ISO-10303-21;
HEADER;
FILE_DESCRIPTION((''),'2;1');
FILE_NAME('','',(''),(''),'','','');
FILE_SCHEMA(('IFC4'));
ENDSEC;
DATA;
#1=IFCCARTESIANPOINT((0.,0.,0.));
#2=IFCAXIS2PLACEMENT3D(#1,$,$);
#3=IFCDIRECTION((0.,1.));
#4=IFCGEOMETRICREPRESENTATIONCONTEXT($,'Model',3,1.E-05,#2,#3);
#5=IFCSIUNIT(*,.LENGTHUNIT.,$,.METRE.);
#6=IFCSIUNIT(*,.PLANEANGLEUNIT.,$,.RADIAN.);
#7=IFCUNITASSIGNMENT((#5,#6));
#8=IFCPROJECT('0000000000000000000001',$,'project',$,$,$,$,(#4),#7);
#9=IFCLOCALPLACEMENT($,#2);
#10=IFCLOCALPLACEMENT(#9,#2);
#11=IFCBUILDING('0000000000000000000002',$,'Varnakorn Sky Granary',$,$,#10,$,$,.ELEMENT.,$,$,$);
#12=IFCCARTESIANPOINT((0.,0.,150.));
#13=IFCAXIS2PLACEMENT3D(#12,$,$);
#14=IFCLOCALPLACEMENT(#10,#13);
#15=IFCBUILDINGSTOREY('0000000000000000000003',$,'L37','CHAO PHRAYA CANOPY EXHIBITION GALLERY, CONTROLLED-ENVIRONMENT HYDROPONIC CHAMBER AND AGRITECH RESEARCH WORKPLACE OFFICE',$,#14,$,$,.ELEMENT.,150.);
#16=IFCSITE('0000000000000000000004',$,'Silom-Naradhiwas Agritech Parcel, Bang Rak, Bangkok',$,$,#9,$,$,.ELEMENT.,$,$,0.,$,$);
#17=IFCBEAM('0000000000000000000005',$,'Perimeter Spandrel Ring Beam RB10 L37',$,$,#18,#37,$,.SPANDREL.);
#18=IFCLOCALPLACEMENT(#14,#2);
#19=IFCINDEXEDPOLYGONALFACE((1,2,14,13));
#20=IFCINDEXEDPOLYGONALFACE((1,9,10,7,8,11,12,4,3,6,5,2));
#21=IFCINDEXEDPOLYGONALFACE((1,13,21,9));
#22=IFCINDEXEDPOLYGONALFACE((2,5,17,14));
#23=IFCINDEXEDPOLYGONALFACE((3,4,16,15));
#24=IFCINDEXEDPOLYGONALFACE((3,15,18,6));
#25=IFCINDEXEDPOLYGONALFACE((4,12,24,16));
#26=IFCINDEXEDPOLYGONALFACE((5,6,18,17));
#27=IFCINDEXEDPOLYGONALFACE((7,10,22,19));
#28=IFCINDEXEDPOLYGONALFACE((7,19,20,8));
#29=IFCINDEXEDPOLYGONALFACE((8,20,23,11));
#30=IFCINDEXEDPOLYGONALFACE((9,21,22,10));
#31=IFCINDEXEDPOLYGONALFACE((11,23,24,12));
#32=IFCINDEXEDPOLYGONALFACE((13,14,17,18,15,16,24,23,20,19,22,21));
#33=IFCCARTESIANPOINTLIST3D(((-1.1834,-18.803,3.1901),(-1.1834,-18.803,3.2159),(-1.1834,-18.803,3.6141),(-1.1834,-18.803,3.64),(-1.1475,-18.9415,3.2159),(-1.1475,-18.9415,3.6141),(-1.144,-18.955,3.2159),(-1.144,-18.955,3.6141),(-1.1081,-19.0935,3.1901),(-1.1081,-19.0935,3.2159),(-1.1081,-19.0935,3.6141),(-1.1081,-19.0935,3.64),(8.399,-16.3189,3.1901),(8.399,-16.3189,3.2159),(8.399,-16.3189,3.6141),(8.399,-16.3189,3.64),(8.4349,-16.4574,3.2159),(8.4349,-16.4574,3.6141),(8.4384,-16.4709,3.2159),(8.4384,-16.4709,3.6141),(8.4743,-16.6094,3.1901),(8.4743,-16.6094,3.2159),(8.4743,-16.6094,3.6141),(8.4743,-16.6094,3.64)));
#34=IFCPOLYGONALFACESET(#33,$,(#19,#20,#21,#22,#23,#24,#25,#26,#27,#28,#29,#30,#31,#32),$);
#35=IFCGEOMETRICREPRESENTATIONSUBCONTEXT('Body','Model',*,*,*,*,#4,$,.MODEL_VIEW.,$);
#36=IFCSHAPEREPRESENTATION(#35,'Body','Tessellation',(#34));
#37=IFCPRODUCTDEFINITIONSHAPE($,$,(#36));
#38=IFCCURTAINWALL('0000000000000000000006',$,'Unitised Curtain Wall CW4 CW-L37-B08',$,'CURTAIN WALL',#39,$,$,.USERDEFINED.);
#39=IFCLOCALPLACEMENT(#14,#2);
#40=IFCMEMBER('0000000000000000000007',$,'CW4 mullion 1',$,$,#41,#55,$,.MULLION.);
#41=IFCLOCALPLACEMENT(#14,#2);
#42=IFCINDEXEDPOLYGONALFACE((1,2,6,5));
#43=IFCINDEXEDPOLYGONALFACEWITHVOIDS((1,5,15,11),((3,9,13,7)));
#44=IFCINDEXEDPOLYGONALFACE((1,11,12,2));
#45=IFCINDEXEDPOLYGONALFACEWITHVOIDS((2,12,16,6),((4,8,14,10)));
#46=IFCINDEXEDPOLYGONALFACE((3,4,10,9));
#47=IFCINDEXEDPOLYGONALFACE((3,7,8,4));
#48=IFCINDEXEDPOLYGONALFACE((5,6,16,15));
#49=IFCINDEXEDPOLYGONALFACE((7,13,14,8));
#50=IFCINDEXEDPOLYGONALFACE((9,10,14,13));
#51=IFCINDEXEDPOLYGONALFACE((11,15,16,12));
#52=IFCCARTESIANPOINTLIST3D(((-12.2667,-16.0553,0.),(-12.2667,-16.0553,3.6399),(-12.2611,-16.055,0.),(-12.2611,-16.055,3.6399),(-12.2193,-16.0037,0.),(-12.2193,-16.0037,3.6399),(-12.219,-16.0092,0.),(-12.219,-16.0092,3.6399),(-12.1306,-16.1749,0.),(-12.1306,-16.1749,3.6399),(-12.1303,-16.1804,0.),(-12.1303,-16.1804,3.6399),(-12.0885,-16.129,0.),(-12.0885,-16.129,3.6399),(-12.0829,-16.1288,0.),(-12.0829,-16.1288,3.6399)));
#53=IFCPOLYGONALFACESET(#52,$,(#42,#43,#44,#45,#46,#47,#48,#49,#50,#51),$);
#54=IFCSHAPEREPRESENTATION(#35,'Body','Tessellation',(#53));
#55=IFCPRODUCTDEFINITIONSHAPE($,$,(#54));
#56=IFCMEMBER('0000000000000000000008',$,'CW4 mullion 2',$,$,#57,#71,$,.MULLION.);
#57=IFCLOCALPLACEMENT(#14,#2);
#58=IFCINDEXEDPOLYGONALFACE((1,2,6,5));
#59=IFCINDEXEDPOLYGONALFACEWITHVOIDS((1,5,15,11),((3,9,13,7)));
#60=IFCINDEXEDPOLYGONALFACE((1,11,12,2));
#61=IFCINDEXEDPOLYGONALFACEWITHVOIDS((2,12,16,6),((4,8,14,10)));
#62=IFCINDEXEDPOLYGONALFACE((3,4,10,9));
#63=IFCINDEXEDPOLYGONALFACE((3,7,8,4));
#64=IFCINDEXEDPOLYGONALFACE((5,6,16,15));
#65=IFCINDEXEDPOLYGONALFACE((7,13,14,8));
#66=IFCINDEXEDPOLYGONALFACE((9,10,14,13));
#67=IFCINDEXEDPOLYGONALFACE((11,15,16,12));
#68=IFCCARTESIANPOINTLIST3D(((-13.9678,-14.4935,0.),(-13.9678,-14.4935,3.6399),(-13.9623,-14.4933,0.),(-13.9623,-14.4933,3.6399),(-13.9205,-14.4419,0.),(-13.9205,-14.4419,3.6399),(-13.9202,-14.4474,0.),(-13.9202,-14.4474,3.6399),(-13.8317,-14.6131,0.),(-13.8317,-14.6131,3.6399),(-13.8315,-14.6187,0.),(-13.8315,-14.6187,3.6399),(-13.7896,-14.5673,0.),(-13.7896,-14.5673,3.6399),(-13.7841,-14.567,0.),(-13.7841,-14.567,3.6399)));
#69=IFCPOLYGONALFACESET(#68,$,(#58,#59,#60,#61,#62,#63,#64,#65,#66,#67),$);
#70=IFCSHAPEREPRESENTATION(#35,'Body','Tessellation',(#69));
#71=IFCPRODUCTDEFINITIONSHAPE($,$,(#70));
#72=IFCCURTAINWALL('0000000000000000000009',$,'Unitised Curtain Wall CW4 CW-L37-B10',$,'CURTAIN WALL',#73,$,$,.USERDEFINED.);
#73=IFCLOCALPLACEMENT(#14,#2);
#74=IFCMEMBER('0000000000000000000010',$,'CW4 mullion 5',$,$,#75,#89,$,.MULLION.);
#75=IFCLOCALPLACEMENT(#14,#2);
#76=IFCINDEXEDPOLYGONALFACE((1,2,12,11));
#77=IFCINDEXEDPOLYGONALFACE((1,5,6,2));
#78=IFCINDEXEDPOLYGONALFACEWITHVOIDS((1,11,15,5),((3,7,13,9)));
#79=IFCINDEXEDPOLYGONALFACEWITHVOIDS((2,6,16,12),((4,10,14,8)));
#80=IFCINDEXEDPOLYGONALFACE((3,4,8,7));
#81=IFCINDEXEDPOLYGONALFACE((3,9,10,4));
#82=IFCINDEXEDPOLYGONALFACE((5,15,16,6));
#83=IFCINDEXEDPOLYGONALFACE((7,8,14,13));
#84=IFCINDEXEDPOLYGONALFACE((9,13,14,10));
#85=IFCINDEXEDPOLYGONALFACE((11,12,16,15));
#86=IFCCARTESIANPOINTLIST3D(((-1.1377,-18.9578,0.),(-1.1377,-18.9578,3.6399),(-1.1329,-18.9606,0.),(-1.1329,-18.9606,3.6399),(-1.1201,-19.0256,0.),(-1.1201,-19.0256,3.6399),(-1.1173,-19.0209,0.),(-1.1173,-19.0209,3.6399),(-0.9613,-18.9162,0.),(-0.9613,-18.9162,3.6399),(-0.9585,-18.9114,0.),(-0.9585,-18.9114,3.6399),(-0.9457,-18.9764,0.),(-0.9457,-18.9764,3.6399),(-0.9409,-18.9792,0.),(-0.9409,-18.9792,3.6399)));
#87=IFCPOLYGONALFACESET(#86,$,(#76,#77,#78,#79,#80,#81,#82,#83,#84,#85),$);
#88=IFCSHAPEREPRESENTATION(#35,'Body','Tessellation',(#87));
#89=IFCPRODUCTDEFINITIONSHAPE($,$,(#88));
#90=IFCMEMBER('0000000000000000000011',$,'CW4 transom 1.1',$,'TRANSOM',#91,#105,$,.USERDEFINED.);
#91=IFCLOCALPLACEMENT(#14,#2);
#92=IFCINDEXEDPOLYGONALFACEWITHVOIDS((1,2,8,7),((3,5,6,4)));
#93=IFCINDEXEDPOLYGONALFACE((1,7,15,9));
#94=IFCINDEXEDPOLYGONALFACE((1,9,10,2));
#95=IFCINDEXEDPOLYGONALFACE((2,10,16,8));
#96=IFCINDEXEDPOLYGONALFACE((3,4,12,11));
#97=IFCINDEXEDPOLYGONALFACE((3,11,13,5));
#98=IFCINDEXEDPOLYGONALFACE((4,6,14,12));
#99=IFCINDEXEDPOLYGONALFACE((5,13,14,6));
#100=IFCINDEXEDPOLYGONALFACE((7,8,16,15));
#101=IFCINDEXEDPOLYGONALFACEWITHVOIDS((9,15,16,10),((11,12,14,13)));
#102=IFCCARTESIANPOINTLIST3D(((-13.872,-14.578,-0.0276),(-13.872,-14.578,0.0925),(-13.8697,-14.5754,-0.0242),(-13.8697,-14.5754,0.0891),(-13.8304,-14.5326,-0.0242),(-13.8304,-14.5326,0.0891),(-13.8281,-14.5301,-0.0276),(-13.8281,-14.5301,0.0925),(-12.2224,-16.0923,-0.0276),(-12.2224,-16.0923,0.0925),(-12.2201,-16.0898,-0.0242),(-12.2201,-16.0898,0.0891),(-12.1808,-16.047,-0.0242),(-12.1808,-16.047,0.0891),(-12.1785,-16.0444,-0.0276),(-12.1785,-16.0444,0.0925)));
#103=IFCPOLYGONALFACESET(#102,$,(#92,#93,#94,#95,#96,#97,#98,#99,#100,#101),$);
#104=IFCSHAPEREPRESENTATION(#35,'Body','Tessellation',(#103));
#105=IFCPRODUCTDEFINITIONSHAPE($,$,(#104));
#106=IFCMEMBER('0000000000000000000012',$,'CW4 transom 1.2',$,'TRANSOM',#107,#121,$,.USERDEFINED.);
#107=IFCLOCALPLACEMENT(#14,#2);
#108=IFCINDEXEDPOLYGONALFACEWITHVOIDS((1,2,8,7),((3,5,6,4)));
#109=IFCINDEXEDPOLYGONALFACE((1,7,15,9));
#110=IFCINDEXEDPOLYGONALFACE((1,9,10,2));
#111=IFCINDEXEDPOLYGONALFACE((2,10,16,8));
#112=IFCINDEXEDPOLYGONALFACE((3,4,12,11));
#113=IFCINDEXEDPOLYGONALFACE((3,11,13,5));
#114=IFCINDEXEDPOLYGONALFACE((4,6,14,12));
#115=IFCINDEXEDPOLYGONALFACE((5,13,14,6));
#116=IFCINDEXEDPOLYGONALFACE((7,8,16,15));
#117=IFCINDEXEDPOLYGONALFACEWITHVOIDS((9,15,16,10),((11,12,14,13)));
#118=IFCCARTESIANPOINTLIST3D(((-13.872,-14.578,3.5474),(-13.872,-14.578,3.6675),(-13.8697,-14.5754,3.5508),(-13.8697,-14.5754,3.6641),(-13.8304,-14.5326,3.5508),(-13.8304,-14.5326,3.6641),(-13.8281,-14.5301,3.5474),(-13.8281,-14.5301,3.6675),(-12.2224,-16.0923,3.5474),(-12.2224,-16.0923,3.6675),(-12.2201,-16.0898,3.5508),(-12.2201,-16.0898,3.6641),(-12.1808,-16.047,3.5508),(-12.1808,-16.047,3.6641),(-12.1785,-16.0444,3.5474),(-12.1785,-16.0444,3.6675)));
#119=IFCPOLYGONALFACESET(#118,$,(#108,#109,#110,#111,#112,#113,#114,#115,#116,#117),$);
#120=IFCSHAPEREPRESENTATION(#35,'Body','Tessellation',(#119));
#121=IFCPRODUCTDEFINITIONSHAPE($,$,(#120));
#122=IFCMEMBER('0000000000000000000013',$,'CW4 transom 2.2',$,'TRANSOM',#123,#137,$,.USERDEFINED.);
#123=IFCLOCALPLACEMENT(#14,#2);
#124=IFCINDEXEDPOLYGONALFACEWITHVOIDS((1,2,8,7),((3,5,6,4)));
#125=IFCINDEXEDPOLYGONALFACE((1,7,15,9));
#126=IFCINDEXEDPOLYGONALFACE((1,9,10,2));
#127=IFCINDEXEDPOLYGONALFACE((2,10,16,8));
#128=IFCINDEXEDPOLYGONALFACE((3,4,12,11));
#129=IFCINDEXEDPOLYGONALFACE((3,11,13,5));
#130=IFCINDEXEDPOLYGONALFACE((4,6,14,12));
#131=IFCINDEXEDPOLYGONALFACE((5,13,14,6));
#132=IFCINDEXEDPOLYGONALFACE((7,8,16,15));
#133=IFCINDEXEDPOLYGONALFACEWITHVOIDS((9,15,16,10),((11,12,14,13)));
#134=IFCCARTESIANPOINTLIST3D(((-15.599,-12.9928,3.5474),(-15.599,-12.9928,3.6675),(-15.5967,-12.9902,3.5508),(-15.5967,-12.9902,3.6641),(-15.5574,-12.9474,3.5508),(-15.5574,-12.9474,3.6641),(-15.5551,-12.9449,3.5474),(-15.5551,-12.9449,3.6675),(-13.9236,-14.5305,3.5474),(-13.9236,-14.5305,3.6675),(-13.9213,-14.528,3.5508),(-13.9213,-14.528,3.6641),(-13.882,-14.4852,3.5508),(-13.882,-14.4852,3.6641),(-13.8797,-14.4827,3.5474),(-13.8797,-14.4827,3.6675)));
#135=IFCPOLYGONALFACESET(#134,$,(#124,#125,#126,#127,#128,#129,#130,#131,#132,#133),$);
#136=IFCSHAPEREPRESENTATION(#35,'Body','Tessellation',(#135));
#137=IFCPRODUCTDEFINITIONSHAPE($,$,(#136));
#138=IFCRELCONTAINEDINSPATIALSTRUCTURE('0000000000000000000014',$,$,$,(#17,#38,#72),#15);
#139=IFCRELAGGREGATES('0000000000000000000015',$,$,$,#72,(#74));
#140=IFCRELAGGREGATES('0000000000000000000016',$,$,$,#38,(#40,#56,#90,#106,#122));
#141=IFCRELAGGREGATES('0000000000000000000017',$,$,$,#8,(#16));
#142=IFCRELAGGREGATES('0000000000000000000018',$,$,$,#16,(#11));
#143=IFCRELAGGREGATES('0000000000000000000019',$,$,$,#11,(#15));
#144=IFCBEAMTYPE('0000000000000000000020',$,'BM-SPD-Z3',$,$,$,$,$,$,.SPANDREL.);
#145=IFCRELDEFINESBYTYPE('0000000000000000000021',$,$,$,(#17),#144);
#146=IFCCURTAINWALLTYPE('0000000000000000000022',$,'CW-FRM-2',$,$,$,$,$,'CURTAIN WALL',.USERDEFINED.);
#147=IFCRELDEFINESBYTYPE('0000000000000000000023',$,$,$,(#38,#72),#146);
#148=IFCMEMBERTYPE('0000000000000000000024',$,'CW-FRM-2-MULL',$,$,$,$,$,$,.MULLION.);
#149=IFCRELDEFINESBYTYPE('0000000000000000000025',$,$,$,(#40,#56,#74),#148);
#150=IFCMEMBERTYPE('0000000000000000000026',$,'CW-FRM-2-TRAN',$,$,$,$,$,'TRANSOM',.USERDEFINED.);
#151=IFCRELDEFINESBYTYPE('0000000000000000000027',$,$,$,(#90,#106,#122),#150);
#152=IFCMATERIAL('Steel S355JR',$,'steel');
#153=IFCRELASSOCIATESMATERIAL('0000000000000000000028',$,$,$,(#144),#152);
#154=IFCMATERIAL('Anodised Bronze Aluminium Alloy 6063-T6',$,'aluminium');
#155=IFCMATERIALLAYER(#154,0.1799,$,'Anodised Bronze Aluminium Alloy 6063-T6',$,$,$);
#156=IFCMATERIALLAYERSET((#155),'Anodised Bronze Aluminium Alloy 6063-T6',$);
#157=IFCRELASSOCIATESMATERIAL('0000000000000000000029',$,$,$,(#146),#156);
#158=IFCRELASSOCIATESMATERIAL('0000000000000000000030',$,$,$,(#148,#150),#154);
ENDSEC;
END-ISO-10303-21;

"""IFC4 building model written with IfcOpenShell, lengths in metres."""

from ifc_helpers import new_model, si_unit, direction, frame, origin, origin_2d, place, context, subcontext, project, spatial, hollow_rectangle, i_section, extrude, material, layer, layer_set, material_profile, profile_set, type_object, element, aggregate, save


model = new_model("IFC4")

# Units and contexts
model_context = context("Model", 3, precision=1e-05, world=origin(), true_north=direction((0.0, 1.0)))
body_context = subcontext(model_context, "Body", "Model", "MODEL_VIEW")
ifc_project = project(units=[si_unit("LENGTHUNIT", "METRE"), si_unit("PLANEANGLEUNIT", "RADIAN")], contexts=[model_context])

# Site, building, storey
site_placement = place(None, origin())
site = spatial("IfcSite", under=ifc_project, at=site_placement, Name="Silom-Naradhiwas Agritech Parcel, Bang Rak, Bangkok", CompositionType="ELEMENT", RefElevation=0.0)
building_placement = place(site_placement, origin())
building = spatial("IfcBuilding", under=site, at=building_placement, Name="Varnakorn Sky Granary", CompositionType="ELEMENT")
storey_placement = place(building_placement, frame((0.0, 0.0, 150.0)))
storey = spatial("IfcBuildingStorey", under=building, at=storey_placement, Name="L37", Description="CHAO PHRAYA CANOPY EXHIBITION GALLERY, CONTROLLED-ENVIRONMENT HYDROPONIC CHAMBER AND AGRITECH RESEARCH WORKPLACE OFFICE", CompositionType="ELEMENT", Elevation=150.0)

# Beam
ifc_material_1 = material(Name="Steel S355JR", Category="steel")
ifc_material_profile_1 = material_profile(ifc_material_1, i_section(OverallWidth=0.3, OverallDepth=0.45, WebThickness=0.0139, FlangeThickness=0.0259, at=origin_2d()), Name="HE 450 B")
ifc_profile_set_1 = profile_set([ifc_material_profile_1], Name="Steel S355JR")
beam_type_1 = type_object("IfcBeamType", Name="BM-SPD-Z3", PredefinedType="SPANDREL", material=ifc_profile_set_1)
for number, where, z_axis, x_axis, name in (
    (1, (-1.1458, -18.9482, 3.415), (0.968002, 0.250941, 0.0), (-0.250941, 0.968002, 0.0), "Perimeter Spandrel Ring Beam RB10 L37"),
):
    element("IfcBeam", number, at=place(storey_placement, frame(where, z_axis=z_axis, x_axis=x_axis)), inside=storey, type_object=beam_type_1, Name=name, PredefinedType="SPANDREL", context=body_context, shape_type="SweptSolid", body=[
        extrude(i_section(OverallWidth=0.3, OverallDepth=0.45, WebThickness=0.0139, FlangeThickness=0.0259, at=origin_2d()), origin(), (0.0, 0.0, 1.0), 9.8992),
    ])

# Curtain wall, members
ifc_material_2 = material(Name="Anodised Bronze Aluminium Alloy 6063-T6", Category="aluminium")
ifc_layer_1 = layer(ifc_material_2, 0.1799, Name="Anodised Bronze Aluminium Alloy 6063-T6")
ifc_layer_set_1 = layer_set([ifc_layer_1], Name="Anodised Bronze Aluminium Alloy 6063-T6")
curtain_wall_type = type_object("IfcCurtainWallType", Name="CW-FRM-2", ElementType="CURTAIN WALL", PredefinedType="USERDEFINED", material=ifc_layer_set_1)
curtain_wall_1_placement = place(storey_placement, origin())
curtain_wall_1 = element("IfcCurtainWall", 2, at=curtain_wall_1_placement, inside=storey, type_object=curtain_wall_type, Name="Unitised Curtain Wall CW4 CW-L37-B08", ObjectType="CURTAIN WALL", PredefinedType="USERDEFINED")
ifc_material_profile_2 = material_profile(ifc_material_2, hollow_rectangle(XDim=0.0701, YDim=0.1851, WallThickness=0.0039, at=origin_2d()), Name="ALU MULL 70x185")
ifc_profile_set_2 = profile_set([ifc_material_profile_2], Name="Anodised Bronze Aluminium Alloy 6063-T6")
member_type_1 = type_object("IfcMemberType", Name="CW-FRM-2-MULL", PredefinedType="MULLION", material=ifc_profile_set_2)
member_1_placement = place(storey_placement, frame((-12.1748, -16.092, 0.0), z_axis=(0.0, 0.0, 1.0), x_axis=(-0.676226, -0.736694, 0.0)))
member_1 = element("IfcMember", 3, at=member_1_placement, type_object=member_type_1, Name="CW4 mullion 1", PredefinedType="MULLION", context=body_context, shape_type="SweptSolid", body=[
    extrude(hollow_rectangle(XDim=0.0701, YDim=0.1851, WallThickness=0.0039, at=origin_2d()), origin(), (0.0, 0.0, 1.0), 3.6399),
])
member_2_placement = place(storey_placement, frame((-13.876, -14.5303, 0.0), z_axis=(0.0, 0.0, 1.0), x_axis=(-0.676226, -0.736694, 0.0)))
member_2 = element("IfcMember", 4, at=member_2_placement, type_object=member_type_1, Name="CW4 mullion 2", PredefinedType="MULLION", context=body_context, shape_type="SweptSolid", body=[
    extrude(hollow_rectangle(XDim=0.0701, YDim=0.1851, WallThickness=0.0039, at=origin_2d()), origin(), (0.0, 0.0, 1.0), 3.6399),
])

# Curtain wall, member
curtain_wall_2_placement = place(storey_placement, origin())
curtain_wall_2 = element("IfcCurtainWall", 5, at=curtain_wall_2_placement, inside=storey, type_object=curtain_wall_type, Name="Unitised Curtain Wall CW4 CW-L37-B10", ObjectType="CURTAIN WALL", PredefinedType="USERDEFINED")
member_3_placement = place(storey_placement, frame((-1.0393, -18.9685, 0.0), z_axis=(0.0, 0.0, 1.0), x_axis=(0.250748, -0.968052, 0.0)))
member_3 = element("IfcMember", 6, at=member_3_placement, type_object=member_type_1, Name="CW4 mullion 5", PredefinedType="MULLION", context=body_context, shape_type="SweptSolid", body=[
    extrude(hollow_rectangle(XDim=0.0701, YDim=0.1851, WallThickness=0.0039, at=origin_2d()), origin(), (0.0, 0.0, 1.0), 3.6399),
])
aggregate(curtain_wall_2, [member_3])

# Members
ifc_material_profile_3 = material_profile(ifc_material_2, hollow_rectangle(XDim=0.0649, YDim=0.1201, WallThickness=0.0034, at=origin_2d()), Name="ALU TRAN 65x120")
ifc_profile_set_3 = profile_set([ifc_material_profile_3], Name="Anodised Bronze Aluminium Alloy 6063-T6")
member_type_2 = type_object("IfcMemberType", Name="CW-FRM-2-TRAN", ElementType="TRANSOM", PredefinedType="USERDEFINED", material=ifc_profile_set_3)
member_4_placement = place(storey_placement, frame((-12.2004, -16.0684, 0.0325), z_axis=(-0.736661, 0.676263, 0.0), x_axis=(-0.676263, -0.736661, 0.0)))
member_4 = element("IfcMember", 7, at=member_4_placement, type_object=member_type_2, Name="CW4 transom 1.1", ObjectType="TRANSOM", PredefinedType="USERDEFINED", context=body_context, shape_type="SweptSolid", body=[
    extrude(hollow_rectangle(XDim=0.0649, YDim=0.1201, WallThickness=0.0034, at=origin_2d()), origin(), (0.0, 0.0, 1.0), 2.2393),
])
member_5_placement = place(storey_placement, frame((-12.2004, -16.0684, 3.6074), z_axis=(-0.736661, 0.676263, 0.0), x_axis=(-0.676263, -0.736661, 0.0)))
member_5 = element("IfcMember", 8, at=member_5_placement, type_object=member_type_2, Name="CW4 transom 1.2", ObjectType="TRANSOM", PredefinedType="USERDEFINED", context=body_context, shape_type="SweptSolid", body=[
    extrude(hollow_rectangle(XDim=0.0649, YDim=0.1201, WallThickness=0.0034, at=origin_2d()), origin(), (0.0, 0.0, 1.0), 2.2393),
])
member_6_placement = place(storey_placement, frame((-13.9016, -14.5066, 3.6074), z_axis=(-0.736731, 0.676186, 0.0), x_axis=(-0.676186, -0.736731, 0.0)))
member_6 = element("IfcMember", 9, at=member_6_placement, type_object=member_type_2, Name="CW4 transom 2.2", ObjectType="TRANSOM", PredefinedType="USERDEFINED", context=body_context, shape_type="SweptSolid", body=[
    extrude(hollow_rectangle(XDim=0.0649, YDim=0.1201, WallThickness=0.0034, at=origin_2d()), origin(), (0.0, 0.0, 1.0), 2.2742),
])

aggregate(curtain_wall_1, [member_1, member_2, member_4, member_5, member_6])

save(model, "model.ifc")
